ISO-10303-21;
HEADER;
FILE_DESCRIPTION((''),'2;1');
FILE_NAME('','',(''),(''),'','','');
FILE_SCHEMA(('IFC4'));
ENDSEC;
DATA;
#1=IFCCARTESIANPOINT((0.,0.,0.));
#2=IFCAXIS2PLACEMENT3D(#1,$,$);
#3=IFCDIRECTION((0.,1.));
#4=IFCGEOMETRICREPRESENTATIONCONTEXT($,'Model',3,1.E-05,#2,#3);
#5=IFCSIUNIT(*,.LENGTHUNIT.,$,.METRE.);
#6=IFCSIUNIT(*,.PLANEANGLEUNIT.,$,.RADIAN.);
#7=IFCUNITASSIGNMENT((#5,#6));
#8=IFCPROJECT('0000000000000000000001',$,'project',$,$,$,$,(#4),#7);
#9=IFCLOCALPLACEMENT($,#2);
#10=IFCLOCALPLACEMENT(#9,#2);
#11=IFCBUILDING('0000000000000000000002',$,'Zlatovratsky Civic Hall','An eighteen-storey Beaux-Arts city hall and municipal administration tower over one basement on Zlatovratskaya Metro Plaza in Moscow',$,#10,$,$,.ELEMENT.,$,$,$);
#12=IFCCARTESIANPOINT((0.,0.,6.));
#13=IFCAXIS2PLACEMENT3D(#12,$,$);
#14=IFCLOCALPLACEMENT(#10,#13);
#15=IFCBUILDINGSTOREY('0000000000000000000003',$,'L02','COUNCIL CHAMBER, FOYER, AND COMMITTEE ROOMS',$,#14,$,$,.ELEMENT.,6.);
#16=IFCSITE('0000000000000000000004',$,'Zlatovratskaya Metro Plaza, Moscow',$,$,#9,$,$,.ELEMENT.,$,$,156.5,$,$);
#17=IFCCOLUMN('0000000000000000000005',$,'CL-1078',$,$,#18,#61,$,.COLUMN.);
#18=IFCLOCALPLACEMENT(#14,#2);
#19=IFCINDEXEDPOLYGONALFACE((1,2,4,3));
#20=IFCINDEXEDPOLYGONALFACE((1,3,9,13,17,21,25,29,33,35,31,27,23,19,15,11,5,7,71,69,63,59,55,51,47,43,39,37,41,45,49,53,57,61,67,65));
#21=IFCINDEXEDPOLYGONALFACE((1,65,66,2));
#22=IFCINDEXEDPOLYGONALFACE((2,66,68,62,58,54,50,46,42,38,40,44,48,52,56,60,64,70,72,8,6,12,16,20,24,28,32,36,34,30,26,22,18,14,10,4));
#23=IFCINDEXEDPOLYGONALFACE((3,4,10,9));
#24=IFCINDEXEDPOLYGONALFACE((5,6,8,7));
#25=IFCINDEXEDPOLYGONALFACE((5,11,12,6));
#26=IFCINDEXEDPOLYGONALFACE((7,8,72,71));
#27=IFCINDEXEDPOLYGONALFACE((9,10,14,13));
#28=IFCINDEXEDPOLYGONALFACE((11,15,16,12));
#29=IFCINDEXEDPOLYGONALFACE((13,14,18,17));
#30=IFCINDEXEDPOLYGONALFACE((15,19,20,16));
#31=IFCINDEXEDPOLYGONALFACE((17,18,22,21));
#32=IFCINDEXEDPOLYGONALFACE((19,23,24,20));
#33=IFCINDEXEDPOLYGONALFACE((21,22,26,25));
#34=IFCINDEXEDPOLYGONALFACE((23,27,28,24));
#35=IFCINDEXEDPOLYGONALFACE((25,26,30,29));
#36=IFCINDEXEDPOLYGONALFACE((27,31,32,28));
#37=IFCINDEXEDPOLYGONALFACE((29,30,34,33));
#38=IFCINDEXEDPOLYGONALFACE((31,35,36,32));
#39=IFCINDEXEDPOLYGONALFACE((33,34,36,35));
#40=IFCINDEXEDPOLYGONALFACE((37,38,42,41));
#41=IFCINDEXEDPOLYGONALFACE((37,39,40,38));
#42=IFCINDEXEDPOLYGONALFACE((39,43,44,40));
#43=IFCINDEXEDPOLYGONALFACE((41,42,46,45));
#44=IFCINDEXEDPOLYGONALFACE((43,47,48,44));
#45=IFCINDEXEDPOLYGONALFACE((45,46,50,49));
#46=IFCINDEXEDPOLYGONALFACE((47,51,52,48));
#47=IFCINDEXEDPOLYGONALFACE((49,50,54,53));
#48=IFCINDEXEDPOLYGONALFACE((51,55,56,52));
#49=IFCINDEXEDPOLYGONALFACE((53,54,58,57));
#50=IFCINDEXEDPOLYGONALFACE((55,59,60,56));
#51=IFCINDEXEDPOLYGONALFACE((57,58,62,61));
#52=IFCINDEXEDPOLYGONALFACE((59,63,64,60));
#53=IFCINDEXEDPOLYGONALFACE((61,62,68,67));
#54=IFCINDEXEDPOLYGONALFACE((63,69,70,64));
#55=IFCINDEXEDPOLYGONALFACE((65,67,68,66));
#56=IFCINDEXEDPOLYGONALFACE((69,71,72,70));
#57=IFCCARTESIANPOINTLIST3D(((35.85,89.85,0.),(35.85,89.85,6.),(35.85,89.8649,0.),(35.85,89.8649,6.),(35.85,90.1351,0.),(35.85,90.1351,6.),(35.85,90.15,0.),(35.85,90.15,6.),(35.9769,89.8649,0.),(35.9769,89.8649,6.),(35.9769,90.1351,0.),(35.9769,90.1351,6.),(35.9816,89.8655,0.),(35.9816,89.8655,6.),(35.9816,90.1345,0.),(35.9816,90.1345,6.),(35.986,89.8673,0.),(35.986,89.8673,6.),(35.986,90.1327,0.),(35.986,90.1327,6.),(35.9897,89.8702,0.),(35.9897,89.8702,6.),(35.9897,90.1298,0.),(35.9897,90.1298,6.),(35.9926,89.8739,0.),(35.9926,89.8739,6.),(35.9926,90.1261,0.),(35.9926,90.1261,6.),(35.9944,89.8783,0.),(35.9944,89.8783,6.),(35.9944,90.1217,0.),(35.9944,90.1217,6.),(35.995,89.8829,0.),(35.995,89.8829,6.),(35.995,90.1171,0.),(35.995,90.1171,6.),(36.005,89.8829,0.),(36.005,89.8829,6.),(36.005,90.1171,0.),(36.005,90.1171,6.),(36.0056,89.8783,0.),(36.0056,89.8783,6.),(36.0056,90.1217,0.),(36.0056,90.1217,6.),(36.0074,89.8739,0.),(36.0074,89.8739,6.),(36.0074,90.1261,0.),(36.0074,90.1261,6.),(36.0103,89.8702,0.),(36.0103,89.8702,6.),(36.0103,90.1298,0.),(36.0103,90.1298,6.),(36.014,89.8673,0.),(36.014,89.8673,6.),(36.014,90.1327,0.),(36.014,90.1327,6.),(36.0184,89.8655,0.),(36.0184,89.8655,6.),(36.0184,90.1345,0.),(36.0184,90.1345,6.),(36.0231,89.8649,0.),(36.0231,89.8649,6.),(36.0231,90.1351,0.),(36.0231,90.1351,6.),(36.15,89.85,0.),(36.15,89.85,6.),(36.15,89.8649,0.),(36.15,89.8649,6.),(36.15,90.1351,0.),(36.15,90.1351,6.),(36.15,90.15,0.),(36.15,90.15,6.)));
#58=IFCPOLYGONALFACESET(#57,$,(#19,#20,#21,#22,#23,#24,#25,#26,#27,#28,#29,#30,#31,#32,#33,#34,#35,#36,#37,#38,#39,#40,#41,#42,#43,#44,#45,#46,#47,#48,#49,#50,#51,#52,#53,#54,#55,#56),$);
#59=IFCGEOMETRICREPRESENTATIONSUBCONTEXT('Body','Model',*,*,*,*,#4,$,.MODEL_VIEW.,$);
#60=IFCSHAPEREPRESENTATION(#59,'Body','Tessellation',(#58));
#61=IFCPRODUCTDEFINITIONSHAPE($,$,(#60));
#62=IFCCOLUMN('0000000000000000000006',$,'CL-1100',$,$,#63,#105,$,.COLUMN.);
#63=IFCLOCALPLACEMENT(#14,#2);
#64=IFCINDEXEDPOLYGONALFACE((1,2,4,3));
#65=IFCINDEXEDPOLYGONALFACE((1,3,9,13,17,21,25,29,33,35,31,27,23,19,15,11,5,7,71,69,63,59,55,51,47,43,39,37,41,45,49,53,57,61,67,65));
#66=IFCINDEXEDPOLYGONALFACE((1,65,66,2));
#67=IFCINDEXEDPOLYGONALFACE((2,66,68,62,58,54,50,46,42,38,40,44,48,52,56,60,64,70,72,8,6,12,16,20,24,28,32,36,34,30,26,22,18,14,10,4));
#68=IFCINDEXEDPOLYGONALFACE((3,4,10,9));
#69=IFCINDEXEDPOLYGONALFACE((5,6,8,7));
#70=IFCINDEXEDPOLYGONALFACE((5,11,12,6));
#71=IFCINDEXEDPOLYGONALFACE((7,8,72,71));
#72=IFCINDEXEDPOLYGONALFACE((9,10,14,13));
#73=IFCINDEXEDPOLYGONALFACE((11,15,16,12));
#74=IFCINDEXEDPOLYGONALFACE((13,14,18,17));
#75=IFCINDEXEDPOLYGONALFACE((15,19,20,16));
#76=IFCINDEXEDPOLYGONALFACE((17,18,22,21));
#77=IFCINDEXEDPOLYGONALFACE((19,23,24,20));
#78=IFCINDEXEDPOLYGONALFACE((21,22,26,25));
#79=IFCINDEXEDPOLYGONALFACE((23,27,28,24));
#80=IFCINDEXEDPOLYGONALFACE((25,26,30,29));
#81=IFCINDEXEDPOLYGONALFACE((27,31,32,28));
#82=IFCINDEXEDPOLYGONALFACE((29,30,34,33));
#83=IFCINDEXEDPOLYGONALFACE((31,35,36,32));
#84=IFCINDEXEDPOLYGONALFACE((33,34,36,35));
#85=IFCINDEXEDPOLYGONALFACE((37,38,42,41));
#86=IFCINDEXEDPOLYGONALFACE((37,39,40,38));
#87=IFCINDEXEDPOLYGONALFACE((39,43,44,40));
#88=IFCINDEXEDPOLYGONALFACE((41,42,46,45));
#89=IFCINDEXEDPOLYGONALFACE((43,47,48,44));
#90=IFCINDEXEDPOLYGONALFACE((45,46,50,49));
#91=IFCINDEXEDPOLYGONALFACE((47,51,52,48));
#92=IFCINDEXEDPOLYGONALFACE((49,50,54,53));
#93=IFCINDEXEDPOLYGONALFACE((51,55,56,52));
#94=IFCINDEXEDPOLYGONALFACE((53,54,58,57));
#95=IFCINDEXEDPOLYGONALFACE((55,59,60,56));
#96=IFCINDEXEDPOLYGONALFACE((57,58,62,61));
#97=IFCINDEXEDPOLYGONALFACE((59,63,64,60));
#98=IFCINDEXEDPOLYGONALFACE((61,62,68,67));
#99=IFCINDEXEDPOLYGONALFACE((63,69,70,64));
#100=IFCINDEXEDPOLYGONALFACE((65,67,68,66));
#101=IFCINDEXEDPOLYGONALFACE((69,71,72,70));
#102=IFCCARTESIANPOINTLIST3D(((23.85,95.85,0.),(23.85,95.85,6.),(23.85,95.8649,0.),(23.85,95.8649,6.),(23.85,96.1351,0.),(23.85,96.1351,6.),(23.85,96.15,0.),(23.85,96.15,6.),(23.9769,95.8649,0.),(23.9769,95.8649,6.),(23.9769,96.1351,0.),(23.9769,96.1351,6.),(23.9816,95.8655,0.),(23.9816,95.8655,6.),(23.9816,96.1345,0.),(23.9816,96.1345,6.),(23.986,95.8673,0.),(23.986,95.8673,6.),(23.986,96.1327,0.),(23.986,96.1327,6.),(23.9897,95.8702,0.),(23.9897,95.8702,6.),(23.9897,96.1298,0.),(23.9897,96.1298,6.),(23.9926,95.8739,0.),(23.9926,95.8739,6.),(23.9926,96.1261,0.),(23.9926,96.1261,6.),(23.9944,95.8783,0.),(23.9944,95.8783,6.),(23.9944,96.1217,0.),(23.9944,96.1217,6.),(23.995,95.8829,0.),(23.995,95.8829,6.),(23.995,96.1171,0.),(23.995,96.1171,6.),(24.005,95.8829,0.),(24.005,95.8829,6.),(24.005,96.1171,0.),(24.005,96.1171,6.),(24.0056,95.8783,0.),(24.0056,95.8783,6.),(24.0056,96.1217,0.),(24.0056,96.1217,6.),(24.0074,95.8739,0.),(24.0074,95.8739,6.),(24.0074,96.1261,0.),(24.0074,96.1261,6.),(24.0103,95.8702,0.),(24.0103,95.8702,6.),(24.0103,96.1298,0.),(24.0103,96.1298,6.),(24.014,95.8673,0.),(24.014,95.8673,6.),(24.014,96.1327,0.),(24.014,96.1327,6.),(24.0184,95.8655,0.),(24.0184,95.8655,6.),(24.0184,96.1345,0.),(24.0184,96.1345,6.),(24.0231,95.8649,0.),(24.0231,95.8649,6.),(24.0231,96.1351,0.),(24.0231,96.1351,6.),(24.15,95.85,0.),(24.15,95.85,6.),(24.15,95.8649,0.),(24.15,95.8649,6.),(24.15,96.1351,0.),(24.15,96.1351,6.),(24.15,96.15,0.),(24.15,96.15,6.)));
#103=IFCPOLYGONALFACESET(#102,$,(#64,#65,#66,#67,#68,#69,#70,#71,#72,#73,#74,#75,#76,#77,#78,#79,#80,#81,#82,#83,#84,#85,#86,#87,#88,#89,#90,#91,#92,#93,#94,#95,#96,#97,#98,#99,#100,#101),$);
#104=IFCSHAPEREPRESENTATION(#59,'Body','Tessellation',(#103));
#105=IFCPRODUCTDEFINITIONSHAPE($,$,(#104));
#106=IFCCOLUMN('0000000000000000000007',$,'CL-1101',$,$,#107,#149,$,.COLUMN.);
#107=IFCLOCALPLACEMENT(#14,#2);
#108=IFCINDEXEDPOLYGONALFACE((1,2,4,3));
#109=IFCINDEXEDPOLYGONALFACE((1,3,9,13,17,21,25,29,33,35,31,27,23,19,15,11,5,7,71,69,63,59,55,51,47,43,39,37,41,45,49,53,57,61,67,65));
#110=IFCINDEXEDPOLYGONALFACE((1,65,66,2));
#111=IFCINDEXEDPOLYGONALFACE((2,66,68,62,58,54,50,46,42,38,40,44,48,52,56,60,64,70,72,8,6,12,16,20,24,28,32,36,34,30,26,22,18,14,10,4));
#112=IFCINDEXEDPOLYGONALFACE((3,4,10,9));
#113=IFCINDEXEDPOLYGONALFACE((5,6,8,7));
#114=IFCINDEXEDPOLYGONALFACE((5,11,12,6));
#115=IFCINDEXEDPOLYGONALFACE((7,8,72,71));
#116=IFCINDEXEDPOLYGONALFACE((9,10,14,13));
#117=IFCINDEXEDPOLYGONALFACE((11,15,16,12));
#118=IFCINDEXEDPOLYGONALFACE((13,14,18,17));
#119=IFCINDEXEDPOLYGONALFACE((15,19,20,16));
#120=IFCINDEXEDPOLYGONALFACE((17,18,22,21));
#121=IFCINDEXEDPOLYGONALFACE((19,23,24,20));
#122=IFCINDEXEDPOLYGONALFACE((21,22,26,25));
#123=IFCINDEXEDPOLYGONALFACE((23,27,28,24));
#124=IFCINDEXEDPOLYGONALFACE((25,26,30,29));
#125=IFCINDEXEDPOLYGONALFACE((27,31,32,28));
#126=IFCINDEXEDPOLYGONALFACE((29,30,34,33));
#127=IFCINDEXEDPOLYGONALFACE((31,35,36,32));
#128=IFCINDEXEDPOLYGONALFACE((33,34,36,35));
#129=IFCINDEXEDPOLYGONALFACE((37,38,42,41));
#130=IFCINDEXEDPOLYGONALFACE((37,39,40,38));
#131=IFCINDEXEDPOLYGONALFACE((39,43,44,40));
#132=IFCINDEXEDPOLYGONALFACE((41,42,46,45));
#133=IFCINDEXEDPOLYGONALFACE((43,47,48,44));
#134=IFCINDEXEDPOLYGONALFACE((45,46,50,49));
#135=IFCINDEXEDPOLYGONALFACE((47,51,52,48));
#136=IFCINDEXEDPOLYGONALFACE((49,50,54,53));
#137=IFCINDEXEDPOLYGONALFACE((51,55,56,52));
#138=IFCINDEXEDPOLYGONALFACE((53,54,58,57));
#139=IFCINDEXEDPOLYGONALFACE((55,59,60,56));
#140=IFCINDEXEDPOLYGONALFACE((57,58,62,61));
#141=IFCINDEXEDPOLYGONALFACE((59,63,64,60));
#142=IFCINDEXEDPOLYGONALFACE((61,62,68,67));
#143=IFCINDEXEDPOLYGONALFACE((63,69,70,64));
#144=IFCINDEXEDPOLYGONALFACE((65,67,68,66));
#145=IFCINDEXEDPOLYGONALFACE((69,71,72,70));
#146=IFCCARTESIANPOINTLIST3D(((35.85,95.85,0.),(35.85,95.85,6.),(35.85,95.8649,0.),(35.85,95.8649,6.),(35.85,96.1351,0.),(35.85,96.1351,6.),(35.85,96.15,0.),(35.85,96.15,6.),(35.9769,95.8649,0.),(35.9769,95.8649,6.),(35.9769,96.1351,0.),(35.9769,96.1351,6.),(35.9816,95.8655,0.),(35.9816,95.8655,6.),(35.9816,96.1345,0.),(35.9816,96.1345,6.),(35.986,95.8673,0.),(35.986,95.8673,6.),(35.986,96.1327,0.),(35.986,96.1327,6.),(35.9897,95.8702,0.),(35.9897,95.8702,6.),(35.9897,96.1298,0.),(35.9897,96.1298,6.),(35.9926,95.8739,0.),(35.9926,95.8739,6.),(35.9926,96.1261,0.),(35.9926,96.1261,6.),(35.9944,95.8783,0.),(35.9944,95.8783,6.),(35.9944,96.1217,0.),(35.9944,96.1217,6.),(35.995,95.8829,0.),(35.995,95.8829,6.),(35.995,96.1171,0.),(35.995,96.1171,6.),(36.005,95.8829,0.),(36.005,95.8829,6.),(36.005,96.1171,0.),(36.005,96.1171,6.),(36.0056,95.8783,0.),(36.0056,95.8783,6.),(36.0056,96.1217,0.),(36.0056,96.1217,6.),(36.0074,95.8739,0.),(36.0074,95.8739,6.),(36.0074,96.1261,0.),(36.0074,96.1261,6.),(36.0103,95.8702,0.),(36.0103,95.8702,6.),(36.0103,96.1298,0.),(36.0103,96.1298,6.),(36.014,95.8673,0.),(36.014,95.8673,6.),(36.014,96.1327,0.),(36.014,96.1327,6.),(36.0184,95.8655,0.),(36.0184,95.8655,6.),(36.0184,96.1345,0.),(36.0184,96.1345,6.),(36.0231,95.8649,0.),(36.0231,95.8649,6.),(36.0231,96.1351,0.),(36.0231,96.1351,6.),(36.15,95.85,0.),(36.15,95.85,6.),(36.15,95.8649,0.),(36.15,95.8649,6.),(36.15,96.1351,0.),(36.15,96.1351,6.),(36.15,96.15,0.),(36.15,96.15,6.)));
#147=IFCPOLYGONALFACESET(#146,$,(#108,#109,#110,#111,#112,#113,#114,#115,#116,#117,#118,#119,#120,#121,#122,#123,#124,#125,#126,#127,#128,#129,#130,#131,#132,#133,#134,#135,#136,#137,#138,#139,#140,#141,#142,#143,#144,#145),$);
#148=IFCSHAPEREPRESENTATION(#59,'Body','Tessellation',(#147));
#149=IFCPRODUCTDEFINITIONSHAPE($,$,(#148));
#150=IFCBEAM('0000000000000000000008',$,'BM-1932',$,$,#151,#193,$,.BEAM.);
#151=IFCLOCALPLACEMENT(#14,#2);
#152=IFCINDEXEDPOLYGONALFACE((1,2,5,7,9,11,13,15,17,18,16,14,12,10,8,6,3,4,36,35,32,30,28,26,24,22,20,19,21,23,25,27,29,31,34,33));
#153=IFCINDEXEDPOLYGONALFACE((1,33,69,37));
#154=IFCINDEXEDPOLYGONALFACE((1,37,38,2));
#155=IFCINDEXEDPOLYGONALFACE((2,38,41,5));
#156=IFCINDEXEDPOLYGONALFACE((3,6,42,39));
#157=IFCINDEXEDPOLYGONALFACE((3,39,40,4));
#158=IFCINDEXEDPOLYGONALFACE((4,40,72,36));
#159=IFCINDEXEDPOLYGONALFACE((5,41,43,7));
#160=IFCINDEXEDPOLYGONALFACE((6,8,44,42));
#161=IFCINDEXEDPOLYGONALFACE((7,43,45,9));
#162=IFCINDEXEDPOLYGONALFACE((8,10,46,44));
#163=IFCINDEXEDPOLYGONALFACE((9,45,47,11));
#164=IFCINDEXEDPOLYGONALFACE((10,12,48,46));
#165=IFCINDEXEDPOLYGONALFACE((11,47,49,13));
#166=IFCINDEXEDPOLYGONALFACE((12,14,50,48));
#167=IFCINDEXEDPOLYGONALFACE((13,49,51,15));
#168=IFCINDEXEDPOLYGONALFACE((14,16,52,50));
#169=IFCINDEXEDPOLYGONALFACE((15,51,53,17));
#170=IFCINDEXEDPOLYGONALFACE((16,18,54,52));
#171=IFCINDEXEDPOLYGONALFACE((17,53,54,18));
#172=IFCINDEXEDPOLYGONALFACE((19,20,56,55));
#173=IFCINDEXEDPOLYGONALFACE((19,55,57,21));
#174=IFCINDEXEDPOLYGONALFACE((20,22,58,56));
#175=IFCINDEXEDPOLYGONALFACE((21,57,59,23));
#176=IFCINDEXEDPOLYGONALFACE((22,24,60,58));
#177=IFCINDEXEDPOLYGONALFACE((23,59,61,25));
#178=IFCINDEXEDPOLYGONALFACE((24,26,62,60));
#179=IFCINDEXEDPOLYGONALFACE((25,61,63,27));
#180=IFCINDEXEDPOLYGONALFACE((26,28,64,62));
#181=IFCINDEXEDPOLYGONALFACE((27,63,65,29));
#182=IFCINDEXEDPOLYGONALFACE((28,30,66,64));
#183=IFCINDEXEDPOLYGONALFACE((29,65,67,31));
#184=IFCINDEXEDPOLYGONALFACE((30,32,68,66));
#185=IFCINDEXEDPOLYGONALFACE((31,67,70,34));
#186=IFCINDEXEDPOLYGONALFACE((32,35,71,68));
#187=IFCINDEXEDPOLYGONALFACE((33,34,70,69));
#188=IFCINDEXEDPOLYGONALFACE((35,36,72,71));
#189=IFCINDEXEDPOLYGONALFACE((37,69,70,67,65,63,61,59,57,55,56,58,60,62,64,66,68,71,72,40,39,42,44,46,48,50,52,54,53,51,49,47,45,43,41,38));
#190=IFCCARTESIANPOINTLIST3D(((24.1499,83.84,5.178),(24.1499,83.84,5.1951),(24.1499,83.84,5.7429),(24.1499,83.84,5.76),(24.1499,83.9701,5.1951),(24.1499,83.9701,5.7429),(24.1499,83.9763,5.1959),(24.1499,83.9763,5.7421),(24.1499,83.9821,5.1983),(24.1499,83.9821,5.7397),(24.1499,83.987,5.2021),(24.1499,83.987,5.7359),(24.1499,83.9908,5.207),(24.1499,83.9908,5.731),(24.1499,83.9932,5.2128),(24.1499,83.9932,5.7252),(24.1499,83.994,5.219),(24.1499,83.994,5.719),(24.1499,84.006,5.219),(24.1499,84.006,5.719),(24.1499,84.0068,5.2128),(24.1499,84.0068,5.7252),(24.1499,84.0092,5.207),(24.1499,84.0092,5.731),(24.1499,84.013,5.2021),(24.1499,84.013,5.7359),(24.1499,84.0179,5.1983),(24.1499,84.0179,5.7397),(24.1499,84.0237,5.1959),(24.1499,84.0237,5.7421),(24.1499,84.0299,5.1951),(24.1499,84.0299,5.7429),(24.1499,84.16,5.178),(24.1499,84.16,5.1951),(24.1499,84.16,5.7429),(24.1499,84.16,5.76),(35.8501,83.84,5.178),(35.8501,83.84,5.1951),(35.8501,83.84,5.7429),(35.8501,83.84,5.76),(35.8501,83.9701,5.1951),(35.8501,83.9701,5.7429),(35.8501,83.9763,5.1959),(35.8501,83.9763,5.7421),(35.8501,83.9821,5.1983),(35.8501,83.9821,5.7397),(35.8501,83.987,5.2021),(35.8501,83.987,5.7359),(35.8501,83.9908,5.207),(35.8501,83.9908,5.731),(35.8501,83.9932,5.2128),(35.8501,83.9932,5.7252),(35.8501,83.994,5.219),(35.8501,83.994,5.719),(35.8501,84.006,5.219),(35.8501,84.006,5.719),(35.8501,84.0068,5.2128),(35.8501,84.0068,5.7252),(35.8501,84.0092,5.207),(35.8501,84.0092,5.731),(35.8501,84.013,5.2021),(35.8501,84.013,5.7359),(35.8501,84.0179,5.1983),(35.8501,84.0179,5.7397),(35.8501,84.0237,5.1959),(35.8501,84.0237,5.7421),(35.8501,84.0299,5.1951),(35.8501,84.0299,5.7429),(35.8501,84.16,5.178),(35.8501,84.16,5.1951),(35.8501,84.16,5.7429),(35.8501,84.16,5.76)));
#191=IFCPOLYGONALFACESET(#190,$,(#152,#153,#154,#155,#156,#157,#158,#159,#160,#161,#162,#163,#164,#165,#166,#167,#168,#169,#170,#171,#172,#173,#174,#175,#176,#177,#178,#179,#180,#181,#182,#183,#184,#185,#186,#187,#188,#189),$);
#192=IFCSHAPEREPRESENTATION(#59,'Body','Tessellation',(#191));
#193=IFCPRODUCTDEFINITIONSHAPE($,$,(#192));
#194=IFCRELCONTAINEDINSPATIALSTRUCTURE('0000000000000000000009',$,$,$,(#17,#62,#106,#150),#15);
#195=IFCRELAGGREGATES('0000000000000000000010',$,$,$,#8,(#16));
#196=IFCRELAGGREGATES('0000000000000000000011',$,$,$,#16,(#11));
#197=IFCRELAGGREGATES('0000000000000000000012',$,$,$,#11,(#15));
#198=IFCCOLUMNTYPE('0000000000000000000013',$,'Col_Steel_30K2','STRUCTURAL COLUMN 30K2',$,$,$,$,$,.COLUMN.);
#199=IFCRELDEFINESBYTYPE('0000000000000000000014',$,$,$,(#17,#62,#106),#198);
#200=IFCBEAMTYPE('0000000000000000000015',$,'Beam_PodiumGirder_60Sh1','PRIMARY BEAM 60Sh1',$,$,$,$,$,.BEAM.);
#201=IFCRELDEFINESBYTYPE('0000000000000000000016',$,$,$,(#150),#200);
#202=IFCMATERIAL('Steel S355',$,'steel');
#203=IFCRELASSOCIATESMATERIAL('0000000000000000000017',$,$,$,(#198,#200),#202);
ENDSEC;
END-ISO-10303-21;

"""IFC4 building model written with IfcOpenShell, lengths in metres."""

from ifc_helpers import new_model, si_unit, direction, frame, origin, origin_2d, place, context, subcontext, project, spatial, i_section, extrude, material, material_profile, profile_set, type_object, element, save


model = new_model("IFC4")

# Units and contexts
model_context = context("Model", 3, precision=1e-05, world=origin(), true_north=direction((0.0, 1.0)))
body_context = subcontext(model_context, "Body", "Model", "MODEL_VIEW")
ifc_project = project(units=[si_unit("LENGTHUNIT", "METRE"), si_unit("PLANEANGLEUNIT", "RADIAN")], contexts=[model_context])

# Site, building, storey
site_placement = place(None, origin())
site = spatial("IfcSite", under=ifc_project, at=site_placement, Name="Zlatovratskaya Metro Plaza, Moscow", CompositionType="ELEMENT", RefElevation=156.5)
building_placement = place(site_placement, origin())
building = spatial("IfcBuilding", under=site, at=building_placement, Name="Zlatovratsky Civic Hall", Description="An eighteen-storey Beaux-Arts city hall and municipal administration tower over one basement on Zlatovratskaya Metro Plaza in Moscow", CompositionType="ELEMENT")
storey_placement = place(building_placement, frame((0.0, 0.0, 6.0)))
storey = spatial("IfcBuildingStorey", under=building, at=storey_placement, Name="L02", Description="COUNCIL CHAMBER, FOYER, AND COMMITTEE ROOMS", CompositionType="ELEMENT", Elevation=6.0)

# Columns
ifc_material_1 = material(Name="Steel S355", Category="steel")
ifc_material_profile_1 = material_profile(ifc_material_1, i_section(OverallWidth=0.3, OverallDepth=0.3, WebThickness=0.01, FlangeThickness=0.0149, FilletRadius=0.0181, at=origin_2d()), Name="30K2")
ifc_profile_set_1 = profile_set([ifc_material_profile_1], Name="Steel S355")
column_type_1 = type_object("IfcColumnType", Name="Col_Steel_30K2", Description="STRUCTURAL COLUMN 30K2", PredefinedType="COLUMN", material=ifc_profile_set_1)
for number, where, z_axis, x_axis, name in (
    (1, (36.0, 90.0, 0.0), (0.0, 0.0, 1.0), (1.0, 0.0, 0.0), "CL-1078"),
    (2, (24.0, 96.0, 0.0), (0.0, 0.0, 1.0), (1.0, 0.0, 0.0), "CL-1100"),
    (3, (36.0, 96.0, 0.0), (0.0, 0.0, 1.0), (1.0, 0.0, 0.0), "CL-1101"),
):
    element("IfcColumn", number, at=place(storey_placement, frame(where, z_axis=z_axis, x_axis=x_axis)), inside=storey, type_object=column_type_1, Name=name, PredefinedType="COLUMN", context=body_context, shape_type="SweptSolid", body=[
        extrude(i_section(OverallWidth=0.3, OverallDepth=0.3, WebThickness=0.01, FlangeThickness=0.0149, FilletRadius=0.0181, at=origin_2d()), origin(), (0.0, 0.0, 1.0), 6.0),
    ])

# Beam
ifc_material_profile_2 = material_profile(ifc_material_1, i_section(OverallWidth=0.3201, OverallDepth=0.582, WebThickness=0.012, FlangeThickness=0.0171, FilletRadius=0.0239, at=origin_2d()), Name="60Sh1")
ifc_profile_set_2 = profile_set([ifc_material_profile_2], Name="Steel S355")
beam_type_1 = type_object("IfcBeamType", Name="Beam_PodiumGirder_60Sh1", Description="PRIMARY BEAM 60Sh1", PredefinedType="BEAM", material=ifc_profile_set_2)
for number, where, z_axis, x_axis, name in (
    (4, (24.1499, 84.0, 5.469), (1.0, 0.0, 0.0), (0.0, 1.0, 0.0), "BM-1932"),
):
    element("IfcBeam", number, at=place(storey_placement, frame(where, z_axis=z_axis, x_axis=x_axis)), inside=storey, type_object=beam_type_1, Name=name, PredefinedType="BEAM", context=body_context, shape_type="SweptSolid", body=[
        extrude(i_section(OverallWidth=0.3201, OverallDepth=0.582, WebThickness=0.012, FlangeThickness=0.0171, FilletRadius=0.0239, at=origin_2d()), origin(), (0.0, 0.0, 1.0), 11.7002),
    ])

save(model, "model.ifc")
